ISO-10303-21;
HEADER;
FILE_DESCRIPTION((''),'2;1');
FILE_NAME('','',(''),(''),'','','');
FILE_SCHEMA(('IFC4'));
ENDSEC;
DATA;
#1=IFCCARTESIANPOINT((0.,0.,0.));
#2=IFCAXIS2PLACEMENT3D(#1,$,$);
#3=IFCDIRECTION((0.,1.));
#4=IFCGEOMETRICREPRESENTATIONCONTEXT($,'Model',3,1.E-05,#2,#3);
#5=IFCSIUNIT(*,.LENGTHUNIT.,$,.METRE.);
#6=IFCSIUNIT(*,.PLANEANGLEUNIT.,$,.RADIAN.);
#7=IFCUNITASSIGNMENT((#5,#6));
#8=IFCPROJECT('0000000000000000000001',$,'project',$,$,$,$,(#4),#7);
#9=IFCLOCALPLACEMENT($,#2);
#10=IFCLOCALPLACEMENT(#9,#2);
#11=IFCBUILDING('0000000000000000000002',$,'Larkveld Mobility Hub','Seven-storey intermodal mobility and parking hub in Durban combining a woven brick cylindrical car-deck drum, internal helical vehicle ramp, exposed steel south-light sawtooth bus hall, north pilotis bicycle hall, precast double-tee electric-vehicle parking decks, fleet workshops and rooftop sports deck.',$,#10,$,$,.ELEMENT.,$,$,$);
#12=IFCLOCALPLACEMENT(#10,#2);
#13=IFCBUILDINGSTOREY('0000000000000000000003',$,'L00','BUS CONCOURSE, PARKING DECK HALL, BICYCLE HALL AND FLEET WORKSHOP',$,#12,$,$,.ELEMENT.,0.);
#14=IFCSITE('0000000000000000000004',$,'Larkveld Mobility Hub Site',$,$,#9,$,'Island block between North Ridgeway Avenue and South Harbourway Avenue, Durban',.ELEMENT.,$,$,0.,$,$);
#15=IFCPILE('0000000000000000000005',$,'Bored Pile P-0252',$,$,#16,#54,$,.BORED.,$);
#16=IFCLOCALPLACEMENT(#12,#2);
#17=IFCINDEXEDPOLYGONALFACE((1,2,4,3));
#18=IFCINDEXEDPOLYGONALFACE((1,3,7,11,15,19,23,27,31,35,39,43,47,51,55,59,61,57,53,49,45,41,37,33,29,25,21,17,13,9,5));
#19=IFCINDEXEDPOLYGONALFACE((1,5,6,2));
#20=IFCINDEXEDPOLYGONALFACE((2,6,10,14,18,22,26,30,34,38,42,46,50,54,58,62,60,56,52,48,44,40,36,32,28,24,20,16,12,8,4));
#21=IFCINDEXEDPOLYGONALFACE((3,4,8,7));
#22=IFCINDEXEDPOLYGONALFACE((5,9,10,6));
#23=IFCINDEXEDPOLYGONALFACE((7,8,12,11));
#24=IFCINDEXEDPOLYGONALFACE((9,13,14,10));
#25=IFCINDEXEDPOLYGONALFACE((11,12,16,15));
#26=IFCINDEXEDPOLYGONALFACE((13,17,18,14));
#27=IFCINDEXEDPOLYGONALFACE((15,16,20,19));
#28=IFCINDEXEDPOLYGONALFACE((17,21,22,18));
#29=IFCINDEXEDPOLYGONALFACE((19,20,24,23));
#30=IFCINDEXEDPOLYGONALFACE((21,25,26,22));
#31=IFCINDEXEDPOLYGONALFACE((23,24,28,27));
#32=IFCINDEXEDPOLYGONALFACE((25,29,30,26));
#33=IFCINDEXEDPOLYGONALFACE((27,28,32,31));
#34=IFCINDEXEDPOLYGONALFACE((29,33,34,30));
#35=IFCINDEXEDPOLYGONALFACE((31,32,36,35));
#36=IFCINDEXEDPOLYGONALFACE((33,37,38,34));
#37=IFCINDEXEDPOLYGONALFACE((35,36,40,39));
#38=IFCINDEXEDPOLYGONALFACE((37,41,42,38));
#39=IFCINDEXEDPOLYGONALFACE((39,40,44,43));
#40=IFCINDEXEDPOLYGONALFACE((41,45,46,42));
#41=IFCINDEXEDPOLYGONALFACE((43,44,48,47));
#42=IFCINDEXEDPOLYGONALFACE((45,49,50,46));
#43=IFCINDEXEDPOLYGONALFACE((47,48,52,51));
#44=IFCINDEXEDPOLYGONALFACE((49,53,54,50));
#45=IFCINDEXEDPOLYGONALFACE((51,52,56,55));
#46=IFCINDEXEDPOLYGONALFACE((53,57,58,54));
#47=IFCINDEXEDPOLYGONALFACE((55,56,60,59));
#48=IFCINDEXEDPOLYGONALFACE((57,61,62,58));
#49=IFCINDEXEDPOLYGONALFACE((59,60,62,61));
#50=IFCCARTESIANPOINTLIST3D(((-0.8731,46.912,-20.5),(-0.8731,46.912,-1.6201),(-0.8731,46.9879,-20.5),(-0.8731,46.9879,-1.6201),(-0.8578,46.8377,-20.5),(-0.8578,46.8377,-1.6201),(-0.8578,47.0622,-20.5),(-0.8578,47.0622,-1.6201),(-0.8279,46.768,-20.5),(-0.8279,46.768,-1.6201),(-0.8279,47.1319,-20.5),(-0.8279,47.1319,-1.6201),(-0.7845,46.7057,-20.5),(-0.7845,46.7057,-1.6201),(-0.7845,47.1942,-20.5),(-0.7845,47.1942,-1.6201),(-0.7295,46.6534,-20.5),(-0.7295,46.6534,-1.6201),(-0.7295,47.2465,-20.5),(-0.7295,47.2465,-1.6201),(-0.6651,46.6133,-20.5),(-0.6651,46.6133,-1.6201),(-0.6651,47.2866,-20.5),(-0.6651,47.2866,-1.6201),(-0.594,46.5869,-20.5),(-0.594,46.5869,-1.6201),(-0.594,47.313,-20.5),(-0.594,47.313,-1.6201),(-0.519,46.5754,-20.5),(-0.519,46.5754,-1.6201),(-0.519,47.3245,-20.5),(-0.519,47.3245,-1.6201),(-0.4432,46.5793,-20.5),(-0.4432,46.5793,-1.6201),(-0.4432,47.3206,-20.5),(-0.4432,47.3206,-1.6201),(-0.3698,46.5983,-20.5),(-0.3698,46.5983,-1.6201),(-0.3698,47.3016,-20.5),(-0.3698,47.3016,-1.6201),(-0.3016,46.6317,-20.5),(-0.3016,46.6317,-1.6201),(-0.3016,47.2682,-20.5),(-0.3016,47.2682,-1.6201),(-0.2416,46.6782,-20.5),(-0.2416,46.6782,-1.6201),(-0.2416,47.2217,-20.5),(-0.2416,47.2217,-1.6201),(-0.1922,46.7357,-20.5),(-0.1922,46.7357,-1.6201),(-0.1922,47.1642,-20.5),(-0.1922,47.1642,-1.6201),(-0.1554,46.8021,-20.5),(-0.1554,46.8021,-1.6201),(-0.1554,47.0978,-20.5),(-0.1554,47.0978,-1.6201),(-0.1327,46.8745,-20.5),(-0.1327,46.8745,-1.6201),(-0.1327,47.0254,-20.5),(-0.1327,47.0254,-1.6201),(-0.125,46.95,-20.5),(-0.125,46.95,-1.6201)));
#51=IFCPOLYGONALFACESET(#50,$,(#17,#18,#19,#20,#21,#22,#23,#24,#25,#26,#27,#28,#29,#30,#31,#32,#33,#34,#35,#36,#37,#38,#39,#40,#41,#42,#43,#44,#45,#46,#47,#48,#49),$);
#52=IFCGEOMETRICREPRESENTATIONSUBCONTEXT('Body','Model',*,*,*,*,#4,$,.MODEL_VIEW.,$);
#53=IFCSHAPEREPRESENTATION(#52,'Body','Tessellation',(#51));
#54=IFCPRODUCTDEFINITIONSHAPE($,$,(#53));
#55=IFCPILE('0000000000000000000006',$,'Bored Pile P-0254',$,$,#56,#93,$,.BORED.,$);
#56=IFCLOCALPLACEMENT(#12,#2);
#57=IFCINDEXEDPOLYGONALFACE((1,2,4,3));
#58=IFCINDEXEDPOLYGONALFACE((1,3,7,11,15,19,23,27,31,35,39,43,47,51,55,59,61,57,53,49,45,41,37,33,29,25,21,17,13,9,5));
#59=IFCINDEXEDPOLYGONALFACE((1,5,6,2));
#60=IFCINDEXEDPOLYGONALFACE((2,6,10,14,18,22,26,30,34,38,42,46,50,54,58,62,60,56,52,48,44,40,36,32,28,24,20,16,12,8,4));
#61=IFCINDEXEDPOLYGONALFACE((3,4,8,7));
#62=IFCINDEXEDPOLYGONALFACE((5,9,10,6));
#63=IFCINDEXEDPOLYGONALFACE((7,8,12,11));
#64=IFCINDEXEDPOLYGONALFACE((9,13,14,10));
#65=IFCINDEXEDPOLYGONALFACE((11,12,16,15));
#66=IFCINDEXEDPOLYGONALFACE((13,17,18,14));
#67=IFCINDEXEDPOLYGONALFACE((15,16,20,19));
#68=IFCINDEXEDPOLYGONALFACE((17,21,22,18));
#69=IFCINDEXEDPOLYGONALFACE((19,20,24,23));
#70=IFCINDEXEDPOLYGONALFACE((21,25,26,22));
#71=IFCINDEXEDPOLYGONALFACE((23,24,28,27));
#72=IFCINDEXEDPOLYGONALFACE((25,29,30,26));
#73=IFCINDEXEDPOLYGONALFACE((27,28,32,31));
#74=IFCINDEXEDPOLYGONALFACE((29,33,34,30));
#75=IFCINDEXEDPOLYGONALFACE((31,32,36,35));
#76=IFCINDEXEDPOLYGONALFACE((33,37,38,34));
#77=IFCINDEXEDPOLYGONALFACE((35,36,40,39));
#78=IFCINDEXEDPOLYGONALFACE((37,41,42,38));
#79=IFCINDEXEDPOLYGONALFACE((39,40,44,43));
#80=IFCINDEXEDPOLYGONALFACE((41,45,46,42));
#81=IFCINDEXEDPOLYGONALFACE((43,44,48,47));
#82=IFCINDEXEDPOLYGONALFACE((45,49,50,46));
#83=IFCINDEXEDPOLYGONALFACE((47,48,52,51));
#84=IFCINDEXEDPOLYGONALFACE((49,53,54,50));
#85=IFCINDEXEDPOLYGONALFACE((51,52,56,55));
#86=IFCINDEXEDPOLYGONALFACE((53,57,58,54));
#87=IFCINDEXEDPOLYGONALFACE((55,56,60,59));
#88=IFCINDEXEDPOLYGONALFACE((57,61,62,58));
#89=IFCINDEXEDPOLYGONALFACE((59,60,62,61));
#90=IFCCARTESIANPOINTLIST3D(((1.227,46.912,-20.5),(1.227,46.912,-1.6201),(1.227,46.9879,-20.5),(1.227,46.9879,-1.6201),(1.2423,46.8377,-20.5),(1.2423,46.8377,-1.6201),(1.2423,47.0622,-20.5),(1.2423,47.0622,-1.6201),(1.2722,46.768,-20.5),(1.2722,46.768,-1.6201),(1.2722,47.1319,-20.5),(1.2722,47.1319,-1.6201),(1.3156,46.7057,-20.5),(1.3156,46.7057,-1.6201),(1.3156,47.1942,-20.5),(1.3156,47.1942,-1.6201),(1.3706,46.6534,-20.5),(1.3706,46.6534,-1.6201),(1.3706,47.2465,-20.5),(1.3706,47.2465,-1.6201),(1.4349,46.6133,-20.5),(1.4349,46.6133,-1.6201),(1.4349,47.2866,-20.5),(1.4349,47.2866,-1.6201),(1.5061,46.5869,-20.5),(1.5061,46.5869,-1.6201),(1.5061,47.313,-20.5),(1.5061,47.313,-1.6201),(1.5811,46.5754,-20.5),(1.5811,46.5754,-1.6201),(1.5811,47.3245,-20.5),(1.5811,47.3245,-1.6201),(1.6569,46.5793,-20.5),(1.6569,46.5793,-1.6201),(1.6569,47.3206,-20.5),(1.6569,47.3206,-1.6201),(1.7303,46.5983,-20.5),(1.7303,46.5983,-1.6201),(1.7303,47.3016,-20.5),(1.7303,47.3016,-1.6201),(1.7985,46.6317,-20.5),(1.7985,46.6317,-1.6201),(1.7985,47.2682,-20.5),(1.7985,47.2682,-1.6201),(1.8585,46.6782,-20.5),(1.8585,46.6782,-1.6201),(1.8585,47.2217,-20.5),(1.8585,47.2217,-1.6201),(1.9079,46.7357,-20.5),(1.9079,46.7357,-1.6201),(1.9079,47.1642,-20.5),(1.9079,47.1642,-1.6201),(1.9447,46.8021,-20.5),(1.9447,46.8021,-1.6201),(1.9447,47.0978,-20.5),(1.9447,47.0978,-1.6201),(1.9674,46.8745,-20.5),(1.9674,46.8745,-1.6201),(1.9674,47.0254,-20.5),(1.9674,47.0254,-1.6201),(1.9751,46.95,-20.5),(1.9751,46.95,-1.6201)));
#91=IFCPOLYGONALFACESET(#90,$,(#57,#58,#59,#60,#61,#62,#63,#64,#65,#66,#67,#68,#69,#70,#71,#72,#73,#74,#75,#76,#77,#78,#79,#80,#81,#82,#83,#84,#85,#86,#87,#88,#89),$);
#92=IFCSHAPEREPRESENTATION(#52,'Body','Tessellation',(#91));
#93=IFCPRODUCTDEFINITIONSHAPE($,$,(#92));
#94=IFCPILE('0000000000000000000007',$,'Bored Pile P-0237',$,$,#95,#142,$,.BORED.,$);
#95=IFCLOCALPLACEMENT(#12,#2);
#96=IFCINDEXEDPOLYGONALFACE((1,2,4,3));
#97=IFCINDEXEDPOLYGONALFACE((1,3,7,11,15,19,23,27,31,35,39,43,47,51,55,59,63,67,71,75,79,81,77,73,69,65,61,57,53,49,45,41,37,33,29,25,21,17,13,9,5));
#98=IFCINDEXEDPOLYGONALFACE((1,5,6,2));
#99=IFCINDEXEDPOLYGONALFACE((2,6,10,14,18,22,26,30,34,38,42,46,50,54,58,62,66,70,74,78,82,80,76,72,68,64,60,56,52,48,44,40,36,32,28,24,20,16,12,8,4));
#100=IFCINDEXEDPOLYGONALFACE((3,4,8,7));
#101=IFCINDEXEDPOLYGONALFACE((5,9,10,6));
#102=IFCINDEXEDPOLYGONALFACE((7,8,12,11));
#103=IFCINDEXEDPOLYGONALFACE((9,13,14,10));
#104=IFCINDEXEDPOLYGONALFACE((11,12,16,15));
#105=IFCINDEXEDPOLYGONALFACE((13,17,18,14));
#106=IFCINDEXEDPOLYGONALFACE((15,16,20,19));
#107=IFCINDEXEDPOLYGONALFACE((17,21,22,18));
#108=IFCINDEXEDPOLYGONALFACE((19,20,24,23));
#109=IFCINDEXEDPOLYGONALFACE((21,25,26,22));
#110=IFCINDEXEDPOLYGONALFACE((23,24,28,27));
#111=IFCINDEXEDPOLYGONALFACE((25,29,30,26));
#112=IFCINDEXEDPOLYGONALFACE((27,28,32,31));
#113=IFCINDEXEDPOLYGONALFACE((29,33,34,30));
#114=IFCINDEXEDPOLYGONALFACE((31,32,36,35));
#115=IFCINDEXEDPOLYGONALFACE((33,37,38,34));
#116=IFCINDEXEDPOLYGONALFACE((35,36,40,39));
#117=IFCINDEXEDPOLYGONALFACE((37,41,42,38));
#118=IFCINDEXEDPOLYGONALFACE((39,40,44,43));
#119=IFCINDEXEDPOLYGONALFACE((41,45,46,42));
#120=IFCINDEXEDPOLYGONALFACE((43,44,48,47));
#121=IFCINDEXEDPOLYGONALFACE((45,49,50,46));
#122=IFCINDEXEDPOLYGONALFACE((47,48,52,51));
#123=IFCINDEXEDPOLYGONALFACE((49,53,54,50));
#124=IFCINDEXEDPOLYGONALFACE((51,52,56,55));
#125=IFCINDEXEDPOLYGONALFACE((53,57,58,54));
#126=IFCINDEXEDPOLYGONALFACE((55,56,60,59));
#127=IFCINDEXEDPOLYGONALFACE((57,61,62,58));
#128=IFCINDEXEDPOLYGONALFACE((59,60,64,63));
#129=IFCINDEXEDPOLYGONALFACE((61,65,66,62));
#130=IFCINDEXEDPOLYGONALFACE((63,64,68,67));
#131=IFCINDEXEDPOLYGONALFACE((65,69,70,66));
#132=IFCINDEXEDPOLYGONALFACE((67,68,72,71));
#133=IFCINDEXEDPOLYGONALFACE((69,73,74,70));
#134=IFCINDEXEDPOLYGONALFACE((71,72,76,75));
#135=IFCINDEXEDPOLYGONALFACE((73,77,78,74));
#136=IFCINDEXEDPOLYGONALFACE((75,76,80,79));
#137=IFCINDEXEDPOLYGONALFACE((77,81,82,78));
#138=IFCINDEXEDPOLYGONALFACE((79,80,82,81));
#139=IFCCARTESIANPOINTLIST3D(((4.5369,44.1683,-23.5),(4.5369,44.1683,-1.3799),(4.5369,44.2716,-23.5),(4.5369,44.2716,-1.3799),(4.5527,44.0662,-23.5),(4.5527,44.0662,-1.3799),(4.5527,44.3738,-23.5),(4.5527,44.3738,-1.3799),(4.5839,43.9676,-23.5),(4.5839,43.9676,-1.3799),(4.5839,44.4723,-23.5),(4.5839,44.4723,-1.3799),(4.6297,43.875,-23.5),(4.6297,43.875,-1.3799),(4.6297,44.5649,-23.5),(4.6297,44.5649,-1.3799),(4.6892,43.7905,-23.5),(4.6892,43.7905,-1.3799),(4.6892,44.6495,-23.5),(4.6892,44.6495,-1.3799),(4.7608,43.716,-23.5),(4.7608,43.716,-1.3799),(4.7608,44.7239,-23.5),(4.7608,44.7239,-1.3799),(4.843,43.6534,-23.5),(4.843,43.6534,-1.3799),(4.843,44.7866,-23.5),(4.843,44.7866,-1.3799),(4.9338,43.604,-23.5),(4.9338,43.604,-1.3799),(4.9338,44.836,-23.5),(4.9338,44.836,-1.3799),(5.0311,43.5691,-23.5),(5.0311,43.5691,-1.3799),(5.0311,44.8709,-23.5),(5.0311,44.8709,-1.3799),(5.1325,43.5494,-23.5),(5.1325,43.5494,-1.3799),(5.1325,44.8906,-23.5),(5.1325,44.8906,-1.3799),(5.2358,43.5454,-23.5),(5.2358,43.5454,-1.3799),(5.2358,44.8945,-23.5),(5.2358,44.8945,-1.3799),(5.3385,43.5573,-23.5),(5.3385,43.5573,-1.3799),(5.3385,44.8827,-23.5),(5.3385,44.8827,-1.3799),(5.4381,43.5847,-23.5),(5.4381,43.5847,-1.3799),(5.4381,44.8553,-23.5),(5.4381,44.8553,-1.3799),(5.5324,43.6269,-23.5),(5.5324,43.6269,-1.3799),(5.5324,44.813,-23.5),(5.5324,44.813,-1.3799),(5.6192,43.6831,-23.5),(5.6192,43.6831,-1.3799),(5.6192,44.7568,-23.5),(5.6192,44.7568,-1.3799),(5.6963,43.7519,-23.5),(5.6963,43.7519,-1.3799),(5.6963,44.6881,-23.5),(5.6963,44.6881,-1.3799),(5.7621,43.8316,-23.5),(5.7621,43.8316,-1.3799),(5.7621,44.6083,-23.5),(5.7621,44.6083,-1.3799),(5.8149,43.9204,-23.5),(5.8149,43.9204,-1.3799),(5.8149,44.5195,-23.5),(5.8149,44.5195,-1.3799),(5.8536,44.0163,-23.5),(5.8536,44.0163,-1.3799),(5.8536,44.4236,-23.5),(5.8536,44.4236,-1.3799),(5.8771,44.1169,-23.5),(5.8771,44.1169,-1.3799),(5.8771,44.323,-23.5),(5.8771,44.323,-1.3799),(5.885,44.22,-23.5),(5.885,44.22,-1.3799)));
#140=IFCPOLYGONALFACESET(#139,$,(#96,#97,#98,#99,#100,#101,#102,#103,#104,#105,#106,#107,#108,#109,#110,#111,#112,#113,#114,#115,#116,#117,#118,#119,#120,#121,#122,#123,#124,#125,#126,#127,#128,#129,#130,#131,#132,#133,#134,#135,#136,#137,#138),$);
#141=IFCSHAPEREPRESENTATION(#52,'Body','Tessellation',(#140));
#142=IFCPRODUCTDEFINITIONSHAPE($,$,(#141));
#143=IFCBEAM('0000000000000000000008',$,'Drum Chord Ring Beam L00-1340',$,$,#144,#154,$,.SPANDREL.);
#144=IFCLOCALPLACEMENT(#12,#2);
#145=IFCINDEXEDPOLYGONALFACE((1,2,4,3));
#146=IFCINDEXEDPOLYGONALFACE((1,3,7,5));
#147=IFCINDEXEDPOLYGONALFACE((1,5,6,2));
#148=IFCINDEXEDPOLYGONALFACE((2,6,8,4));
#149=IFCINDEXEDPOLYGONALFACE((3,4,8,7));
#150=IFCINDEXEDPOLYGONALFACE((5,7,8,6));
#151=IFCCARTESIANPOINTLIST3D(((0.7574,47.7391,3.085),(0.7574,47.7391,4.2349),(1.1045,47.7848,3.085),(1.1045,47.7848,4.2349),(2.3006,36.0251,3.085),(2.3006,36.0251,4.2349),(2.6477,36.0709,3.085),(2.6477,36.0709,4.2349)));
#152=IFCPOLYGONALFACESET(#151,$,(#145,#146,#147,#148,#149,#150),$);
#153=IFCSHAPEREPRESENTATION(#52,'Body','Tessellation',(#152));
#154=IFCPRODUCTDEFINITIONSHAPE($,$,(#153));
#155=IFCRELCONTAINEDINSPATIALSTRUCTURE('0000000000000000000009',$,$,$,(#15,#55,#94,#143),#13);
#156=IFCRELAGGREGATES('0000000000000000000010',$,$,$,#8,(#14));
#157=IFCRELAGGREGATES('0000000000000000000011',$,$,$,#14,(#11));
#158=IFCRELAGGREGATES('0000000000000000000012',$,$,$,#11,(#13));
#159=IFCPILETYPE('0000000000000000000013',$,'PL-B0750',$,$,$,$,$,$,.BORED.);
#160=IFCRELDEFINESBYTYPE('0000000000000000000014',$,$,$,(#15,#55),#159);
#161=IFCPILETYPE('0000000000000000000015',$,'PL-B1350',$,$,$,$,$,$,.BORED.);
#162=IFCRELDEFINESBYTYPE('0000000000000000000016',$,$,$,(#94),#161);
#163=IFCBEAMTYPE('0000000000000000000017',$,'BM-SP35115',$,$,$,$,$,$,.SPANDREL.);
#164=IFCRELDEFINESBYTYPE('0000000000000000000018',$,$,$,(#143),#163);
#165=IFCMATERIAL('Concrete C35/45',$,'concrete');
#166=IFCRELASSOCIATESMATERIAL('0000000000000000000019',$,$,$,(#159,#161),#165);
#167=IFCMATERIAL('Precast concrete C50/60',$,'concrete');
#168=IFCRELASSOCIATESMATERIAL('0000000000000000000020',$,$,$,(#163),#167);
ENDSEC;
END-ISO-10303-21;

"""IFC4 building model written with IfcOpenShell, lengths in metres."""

from ifc_helpers import new_model, si_unit, direction, frame, origin, origin_2d, place, context, subcontext, project, spatial, rectangle, circle, extrude, material, material_profile, profile_set, type_object, element, save


model = new_model("IFC4")

# Units and contexts
model_context = context("Model", 3, precision=1e-05, world=origin(), true_north=direction((0.0, 1.0)))
body_context = subcontext(model_context, "Body", "Model", "MODEL_VIEW")
ifc_project = project(units=[si_unit("LENGTHUNIT", "METRE"), si_unit("PLANEANGLEUNIT", "RADIAN")], contexts=[model_context])

# Site, building, storey
site_placement = place(None, origin())
site = spatial("IfcSite", under=ifc_project, at=site_placement, Name="Larkveld Mobility Hub Site", LongName="Island block between North Ridgeway Avenue and South Harbourway Avenue, Durban", CompositionType="ELEMENT", RefElevation=0.0)
building_placement = place(site_placement, origin())
building = spatial("IfcBuilding", under=site, at=building_placement, Name="Larkveld Mobility Hub", Description="Seven-storey intermodal mobility and parking hub in Durban combining a woven brick cylindrical car-deck drum, internal helical vehicle ramp, exposed steel south-light sawtooth bus hall, north pilotis bicycle hall, precast double-tee electric-vehicle parking decks, fleet workshops and rooftop sports deck.", CompositionType="ELEMENT")
storey_placement = place(building_placement, origin())
storey = spatial("IfcBuildingStorey", under=building, at=storey_placement, Name="L00", Description="BUS CONCOURSE, PARKING DECK HALL, BICYCLE HALL AND FLEET WORKSHOP", CompositionType="ELEMENT", Elevation=0.0)

# Piles
ifc_material_1 = material(Name="Concrete C35/45", Category="concrete")
ifc_material_profile_1 = material_profile(ifc_material_1, circle(Radius=0.375, at=origin_2d()), Name="PILE D750")
ifc_profile_set_1 = profile_set([ifc_material_profile_1], Name="Concrete C35/45")
pile_type_1 = type_object("IfcPileType", Name="PL-B0750", PredefinedType="BORED", material=ifc_profile_set_1)
for number, where, z_axis, x_axis, name in (
    (1, (-0.5, 46.95, -1.6201), (0.0, 0.0, -1.0), (1.0, 0.0, 0.0), "Bored Pile P-0252"),
    (2, (1.6001, 46.95, -1.6201), (0.0, 0.0, -1.0), (1.0, 0.0, 0.0), "Bored Pile P-0254"),
):
    element("IfcPile", number, at=place(storey_placement, frame(where, z_axis=z_axis, x_axis=x_axis)), inside=storey, type_object=pile_type_1, Name=name, PredefinedType="BORED", context=body_context, shape_type="SweptSolid", body=[
        extrude(circle(Radius=0.375, at=origin_2d()), origin(), (0.0, 0.0, 1.0), 18.8799),
    ])
ifc_material_profile_2 = material_profile(ifc_material_1, circle(Radius=0.675, at=origin_2d()), Name="PILE D1350")
ifc_profile_set_2 = profile_set([ifc_material_profile_2], Name="Concrete C35/45")
pile_type_2 = type_object("IfcPileType", Name="PL-B1350", PredefinedType="BORED", material=ifc_profile_set_2)
pile_placement = place(storey_placement, frame((5.21, 44.22, -1.3799), z_axis=(0.0, 0.0, -1.0), x_axis=(1.0, 0.0, 0.0)))
element("IfcPile", 3, at=pile_placement, inside=storey, type_object=pile_type_2, Name="Bored Pile P-0237", PredefinedType="BORED", context=body_context, shape_type="SweptSolid", body=[
    extrude(circle(Radius=0.675, at=origin_2d()), origin(), (0.0, 0.0, 1.0), 22.1201),
])

# Beam
ifc_material_2 = material(Name="Precast concrete C50/60", Category="concrete")
ifc_material_profile_3 = material_profile(ifc_material_2, rectangle(XDim=0.3501, YDim=1.1499, at=origin_2d()), Name="PC SP 350x1150")
ifc_profile_set_3 = profile_set([ifc_material_profile_3], Name="Precast concrete C50/60")
beam_type = type_object("IfcBeamType", Name="BM-SP35115", PredefinedType="SPANDREL", material=ifc_profile_set_3)
beam_placement = place(storey_placement, frame((0.9309, 47.762, 3.6599), z_axis=(0.130614, -0.991433, 0.0), x_axis=(0.991433, 0.130614, 0.0)))
element("IfcBeam", 4, at=beam_placement, inside=storey, type_object=beam_type, Name="Drum Chord Ring Beam L00-1340", PredefinedType="SPANDREL", context=body_context, shape_type="SweptSolid", body=[
    extrude(rectangle(XDim=0.3501, YDim=1.1499, at=origin_2d()), origin(), (0.0, 0.0, 1.0), 11.8152),
])

save(model, "model.ifc")
